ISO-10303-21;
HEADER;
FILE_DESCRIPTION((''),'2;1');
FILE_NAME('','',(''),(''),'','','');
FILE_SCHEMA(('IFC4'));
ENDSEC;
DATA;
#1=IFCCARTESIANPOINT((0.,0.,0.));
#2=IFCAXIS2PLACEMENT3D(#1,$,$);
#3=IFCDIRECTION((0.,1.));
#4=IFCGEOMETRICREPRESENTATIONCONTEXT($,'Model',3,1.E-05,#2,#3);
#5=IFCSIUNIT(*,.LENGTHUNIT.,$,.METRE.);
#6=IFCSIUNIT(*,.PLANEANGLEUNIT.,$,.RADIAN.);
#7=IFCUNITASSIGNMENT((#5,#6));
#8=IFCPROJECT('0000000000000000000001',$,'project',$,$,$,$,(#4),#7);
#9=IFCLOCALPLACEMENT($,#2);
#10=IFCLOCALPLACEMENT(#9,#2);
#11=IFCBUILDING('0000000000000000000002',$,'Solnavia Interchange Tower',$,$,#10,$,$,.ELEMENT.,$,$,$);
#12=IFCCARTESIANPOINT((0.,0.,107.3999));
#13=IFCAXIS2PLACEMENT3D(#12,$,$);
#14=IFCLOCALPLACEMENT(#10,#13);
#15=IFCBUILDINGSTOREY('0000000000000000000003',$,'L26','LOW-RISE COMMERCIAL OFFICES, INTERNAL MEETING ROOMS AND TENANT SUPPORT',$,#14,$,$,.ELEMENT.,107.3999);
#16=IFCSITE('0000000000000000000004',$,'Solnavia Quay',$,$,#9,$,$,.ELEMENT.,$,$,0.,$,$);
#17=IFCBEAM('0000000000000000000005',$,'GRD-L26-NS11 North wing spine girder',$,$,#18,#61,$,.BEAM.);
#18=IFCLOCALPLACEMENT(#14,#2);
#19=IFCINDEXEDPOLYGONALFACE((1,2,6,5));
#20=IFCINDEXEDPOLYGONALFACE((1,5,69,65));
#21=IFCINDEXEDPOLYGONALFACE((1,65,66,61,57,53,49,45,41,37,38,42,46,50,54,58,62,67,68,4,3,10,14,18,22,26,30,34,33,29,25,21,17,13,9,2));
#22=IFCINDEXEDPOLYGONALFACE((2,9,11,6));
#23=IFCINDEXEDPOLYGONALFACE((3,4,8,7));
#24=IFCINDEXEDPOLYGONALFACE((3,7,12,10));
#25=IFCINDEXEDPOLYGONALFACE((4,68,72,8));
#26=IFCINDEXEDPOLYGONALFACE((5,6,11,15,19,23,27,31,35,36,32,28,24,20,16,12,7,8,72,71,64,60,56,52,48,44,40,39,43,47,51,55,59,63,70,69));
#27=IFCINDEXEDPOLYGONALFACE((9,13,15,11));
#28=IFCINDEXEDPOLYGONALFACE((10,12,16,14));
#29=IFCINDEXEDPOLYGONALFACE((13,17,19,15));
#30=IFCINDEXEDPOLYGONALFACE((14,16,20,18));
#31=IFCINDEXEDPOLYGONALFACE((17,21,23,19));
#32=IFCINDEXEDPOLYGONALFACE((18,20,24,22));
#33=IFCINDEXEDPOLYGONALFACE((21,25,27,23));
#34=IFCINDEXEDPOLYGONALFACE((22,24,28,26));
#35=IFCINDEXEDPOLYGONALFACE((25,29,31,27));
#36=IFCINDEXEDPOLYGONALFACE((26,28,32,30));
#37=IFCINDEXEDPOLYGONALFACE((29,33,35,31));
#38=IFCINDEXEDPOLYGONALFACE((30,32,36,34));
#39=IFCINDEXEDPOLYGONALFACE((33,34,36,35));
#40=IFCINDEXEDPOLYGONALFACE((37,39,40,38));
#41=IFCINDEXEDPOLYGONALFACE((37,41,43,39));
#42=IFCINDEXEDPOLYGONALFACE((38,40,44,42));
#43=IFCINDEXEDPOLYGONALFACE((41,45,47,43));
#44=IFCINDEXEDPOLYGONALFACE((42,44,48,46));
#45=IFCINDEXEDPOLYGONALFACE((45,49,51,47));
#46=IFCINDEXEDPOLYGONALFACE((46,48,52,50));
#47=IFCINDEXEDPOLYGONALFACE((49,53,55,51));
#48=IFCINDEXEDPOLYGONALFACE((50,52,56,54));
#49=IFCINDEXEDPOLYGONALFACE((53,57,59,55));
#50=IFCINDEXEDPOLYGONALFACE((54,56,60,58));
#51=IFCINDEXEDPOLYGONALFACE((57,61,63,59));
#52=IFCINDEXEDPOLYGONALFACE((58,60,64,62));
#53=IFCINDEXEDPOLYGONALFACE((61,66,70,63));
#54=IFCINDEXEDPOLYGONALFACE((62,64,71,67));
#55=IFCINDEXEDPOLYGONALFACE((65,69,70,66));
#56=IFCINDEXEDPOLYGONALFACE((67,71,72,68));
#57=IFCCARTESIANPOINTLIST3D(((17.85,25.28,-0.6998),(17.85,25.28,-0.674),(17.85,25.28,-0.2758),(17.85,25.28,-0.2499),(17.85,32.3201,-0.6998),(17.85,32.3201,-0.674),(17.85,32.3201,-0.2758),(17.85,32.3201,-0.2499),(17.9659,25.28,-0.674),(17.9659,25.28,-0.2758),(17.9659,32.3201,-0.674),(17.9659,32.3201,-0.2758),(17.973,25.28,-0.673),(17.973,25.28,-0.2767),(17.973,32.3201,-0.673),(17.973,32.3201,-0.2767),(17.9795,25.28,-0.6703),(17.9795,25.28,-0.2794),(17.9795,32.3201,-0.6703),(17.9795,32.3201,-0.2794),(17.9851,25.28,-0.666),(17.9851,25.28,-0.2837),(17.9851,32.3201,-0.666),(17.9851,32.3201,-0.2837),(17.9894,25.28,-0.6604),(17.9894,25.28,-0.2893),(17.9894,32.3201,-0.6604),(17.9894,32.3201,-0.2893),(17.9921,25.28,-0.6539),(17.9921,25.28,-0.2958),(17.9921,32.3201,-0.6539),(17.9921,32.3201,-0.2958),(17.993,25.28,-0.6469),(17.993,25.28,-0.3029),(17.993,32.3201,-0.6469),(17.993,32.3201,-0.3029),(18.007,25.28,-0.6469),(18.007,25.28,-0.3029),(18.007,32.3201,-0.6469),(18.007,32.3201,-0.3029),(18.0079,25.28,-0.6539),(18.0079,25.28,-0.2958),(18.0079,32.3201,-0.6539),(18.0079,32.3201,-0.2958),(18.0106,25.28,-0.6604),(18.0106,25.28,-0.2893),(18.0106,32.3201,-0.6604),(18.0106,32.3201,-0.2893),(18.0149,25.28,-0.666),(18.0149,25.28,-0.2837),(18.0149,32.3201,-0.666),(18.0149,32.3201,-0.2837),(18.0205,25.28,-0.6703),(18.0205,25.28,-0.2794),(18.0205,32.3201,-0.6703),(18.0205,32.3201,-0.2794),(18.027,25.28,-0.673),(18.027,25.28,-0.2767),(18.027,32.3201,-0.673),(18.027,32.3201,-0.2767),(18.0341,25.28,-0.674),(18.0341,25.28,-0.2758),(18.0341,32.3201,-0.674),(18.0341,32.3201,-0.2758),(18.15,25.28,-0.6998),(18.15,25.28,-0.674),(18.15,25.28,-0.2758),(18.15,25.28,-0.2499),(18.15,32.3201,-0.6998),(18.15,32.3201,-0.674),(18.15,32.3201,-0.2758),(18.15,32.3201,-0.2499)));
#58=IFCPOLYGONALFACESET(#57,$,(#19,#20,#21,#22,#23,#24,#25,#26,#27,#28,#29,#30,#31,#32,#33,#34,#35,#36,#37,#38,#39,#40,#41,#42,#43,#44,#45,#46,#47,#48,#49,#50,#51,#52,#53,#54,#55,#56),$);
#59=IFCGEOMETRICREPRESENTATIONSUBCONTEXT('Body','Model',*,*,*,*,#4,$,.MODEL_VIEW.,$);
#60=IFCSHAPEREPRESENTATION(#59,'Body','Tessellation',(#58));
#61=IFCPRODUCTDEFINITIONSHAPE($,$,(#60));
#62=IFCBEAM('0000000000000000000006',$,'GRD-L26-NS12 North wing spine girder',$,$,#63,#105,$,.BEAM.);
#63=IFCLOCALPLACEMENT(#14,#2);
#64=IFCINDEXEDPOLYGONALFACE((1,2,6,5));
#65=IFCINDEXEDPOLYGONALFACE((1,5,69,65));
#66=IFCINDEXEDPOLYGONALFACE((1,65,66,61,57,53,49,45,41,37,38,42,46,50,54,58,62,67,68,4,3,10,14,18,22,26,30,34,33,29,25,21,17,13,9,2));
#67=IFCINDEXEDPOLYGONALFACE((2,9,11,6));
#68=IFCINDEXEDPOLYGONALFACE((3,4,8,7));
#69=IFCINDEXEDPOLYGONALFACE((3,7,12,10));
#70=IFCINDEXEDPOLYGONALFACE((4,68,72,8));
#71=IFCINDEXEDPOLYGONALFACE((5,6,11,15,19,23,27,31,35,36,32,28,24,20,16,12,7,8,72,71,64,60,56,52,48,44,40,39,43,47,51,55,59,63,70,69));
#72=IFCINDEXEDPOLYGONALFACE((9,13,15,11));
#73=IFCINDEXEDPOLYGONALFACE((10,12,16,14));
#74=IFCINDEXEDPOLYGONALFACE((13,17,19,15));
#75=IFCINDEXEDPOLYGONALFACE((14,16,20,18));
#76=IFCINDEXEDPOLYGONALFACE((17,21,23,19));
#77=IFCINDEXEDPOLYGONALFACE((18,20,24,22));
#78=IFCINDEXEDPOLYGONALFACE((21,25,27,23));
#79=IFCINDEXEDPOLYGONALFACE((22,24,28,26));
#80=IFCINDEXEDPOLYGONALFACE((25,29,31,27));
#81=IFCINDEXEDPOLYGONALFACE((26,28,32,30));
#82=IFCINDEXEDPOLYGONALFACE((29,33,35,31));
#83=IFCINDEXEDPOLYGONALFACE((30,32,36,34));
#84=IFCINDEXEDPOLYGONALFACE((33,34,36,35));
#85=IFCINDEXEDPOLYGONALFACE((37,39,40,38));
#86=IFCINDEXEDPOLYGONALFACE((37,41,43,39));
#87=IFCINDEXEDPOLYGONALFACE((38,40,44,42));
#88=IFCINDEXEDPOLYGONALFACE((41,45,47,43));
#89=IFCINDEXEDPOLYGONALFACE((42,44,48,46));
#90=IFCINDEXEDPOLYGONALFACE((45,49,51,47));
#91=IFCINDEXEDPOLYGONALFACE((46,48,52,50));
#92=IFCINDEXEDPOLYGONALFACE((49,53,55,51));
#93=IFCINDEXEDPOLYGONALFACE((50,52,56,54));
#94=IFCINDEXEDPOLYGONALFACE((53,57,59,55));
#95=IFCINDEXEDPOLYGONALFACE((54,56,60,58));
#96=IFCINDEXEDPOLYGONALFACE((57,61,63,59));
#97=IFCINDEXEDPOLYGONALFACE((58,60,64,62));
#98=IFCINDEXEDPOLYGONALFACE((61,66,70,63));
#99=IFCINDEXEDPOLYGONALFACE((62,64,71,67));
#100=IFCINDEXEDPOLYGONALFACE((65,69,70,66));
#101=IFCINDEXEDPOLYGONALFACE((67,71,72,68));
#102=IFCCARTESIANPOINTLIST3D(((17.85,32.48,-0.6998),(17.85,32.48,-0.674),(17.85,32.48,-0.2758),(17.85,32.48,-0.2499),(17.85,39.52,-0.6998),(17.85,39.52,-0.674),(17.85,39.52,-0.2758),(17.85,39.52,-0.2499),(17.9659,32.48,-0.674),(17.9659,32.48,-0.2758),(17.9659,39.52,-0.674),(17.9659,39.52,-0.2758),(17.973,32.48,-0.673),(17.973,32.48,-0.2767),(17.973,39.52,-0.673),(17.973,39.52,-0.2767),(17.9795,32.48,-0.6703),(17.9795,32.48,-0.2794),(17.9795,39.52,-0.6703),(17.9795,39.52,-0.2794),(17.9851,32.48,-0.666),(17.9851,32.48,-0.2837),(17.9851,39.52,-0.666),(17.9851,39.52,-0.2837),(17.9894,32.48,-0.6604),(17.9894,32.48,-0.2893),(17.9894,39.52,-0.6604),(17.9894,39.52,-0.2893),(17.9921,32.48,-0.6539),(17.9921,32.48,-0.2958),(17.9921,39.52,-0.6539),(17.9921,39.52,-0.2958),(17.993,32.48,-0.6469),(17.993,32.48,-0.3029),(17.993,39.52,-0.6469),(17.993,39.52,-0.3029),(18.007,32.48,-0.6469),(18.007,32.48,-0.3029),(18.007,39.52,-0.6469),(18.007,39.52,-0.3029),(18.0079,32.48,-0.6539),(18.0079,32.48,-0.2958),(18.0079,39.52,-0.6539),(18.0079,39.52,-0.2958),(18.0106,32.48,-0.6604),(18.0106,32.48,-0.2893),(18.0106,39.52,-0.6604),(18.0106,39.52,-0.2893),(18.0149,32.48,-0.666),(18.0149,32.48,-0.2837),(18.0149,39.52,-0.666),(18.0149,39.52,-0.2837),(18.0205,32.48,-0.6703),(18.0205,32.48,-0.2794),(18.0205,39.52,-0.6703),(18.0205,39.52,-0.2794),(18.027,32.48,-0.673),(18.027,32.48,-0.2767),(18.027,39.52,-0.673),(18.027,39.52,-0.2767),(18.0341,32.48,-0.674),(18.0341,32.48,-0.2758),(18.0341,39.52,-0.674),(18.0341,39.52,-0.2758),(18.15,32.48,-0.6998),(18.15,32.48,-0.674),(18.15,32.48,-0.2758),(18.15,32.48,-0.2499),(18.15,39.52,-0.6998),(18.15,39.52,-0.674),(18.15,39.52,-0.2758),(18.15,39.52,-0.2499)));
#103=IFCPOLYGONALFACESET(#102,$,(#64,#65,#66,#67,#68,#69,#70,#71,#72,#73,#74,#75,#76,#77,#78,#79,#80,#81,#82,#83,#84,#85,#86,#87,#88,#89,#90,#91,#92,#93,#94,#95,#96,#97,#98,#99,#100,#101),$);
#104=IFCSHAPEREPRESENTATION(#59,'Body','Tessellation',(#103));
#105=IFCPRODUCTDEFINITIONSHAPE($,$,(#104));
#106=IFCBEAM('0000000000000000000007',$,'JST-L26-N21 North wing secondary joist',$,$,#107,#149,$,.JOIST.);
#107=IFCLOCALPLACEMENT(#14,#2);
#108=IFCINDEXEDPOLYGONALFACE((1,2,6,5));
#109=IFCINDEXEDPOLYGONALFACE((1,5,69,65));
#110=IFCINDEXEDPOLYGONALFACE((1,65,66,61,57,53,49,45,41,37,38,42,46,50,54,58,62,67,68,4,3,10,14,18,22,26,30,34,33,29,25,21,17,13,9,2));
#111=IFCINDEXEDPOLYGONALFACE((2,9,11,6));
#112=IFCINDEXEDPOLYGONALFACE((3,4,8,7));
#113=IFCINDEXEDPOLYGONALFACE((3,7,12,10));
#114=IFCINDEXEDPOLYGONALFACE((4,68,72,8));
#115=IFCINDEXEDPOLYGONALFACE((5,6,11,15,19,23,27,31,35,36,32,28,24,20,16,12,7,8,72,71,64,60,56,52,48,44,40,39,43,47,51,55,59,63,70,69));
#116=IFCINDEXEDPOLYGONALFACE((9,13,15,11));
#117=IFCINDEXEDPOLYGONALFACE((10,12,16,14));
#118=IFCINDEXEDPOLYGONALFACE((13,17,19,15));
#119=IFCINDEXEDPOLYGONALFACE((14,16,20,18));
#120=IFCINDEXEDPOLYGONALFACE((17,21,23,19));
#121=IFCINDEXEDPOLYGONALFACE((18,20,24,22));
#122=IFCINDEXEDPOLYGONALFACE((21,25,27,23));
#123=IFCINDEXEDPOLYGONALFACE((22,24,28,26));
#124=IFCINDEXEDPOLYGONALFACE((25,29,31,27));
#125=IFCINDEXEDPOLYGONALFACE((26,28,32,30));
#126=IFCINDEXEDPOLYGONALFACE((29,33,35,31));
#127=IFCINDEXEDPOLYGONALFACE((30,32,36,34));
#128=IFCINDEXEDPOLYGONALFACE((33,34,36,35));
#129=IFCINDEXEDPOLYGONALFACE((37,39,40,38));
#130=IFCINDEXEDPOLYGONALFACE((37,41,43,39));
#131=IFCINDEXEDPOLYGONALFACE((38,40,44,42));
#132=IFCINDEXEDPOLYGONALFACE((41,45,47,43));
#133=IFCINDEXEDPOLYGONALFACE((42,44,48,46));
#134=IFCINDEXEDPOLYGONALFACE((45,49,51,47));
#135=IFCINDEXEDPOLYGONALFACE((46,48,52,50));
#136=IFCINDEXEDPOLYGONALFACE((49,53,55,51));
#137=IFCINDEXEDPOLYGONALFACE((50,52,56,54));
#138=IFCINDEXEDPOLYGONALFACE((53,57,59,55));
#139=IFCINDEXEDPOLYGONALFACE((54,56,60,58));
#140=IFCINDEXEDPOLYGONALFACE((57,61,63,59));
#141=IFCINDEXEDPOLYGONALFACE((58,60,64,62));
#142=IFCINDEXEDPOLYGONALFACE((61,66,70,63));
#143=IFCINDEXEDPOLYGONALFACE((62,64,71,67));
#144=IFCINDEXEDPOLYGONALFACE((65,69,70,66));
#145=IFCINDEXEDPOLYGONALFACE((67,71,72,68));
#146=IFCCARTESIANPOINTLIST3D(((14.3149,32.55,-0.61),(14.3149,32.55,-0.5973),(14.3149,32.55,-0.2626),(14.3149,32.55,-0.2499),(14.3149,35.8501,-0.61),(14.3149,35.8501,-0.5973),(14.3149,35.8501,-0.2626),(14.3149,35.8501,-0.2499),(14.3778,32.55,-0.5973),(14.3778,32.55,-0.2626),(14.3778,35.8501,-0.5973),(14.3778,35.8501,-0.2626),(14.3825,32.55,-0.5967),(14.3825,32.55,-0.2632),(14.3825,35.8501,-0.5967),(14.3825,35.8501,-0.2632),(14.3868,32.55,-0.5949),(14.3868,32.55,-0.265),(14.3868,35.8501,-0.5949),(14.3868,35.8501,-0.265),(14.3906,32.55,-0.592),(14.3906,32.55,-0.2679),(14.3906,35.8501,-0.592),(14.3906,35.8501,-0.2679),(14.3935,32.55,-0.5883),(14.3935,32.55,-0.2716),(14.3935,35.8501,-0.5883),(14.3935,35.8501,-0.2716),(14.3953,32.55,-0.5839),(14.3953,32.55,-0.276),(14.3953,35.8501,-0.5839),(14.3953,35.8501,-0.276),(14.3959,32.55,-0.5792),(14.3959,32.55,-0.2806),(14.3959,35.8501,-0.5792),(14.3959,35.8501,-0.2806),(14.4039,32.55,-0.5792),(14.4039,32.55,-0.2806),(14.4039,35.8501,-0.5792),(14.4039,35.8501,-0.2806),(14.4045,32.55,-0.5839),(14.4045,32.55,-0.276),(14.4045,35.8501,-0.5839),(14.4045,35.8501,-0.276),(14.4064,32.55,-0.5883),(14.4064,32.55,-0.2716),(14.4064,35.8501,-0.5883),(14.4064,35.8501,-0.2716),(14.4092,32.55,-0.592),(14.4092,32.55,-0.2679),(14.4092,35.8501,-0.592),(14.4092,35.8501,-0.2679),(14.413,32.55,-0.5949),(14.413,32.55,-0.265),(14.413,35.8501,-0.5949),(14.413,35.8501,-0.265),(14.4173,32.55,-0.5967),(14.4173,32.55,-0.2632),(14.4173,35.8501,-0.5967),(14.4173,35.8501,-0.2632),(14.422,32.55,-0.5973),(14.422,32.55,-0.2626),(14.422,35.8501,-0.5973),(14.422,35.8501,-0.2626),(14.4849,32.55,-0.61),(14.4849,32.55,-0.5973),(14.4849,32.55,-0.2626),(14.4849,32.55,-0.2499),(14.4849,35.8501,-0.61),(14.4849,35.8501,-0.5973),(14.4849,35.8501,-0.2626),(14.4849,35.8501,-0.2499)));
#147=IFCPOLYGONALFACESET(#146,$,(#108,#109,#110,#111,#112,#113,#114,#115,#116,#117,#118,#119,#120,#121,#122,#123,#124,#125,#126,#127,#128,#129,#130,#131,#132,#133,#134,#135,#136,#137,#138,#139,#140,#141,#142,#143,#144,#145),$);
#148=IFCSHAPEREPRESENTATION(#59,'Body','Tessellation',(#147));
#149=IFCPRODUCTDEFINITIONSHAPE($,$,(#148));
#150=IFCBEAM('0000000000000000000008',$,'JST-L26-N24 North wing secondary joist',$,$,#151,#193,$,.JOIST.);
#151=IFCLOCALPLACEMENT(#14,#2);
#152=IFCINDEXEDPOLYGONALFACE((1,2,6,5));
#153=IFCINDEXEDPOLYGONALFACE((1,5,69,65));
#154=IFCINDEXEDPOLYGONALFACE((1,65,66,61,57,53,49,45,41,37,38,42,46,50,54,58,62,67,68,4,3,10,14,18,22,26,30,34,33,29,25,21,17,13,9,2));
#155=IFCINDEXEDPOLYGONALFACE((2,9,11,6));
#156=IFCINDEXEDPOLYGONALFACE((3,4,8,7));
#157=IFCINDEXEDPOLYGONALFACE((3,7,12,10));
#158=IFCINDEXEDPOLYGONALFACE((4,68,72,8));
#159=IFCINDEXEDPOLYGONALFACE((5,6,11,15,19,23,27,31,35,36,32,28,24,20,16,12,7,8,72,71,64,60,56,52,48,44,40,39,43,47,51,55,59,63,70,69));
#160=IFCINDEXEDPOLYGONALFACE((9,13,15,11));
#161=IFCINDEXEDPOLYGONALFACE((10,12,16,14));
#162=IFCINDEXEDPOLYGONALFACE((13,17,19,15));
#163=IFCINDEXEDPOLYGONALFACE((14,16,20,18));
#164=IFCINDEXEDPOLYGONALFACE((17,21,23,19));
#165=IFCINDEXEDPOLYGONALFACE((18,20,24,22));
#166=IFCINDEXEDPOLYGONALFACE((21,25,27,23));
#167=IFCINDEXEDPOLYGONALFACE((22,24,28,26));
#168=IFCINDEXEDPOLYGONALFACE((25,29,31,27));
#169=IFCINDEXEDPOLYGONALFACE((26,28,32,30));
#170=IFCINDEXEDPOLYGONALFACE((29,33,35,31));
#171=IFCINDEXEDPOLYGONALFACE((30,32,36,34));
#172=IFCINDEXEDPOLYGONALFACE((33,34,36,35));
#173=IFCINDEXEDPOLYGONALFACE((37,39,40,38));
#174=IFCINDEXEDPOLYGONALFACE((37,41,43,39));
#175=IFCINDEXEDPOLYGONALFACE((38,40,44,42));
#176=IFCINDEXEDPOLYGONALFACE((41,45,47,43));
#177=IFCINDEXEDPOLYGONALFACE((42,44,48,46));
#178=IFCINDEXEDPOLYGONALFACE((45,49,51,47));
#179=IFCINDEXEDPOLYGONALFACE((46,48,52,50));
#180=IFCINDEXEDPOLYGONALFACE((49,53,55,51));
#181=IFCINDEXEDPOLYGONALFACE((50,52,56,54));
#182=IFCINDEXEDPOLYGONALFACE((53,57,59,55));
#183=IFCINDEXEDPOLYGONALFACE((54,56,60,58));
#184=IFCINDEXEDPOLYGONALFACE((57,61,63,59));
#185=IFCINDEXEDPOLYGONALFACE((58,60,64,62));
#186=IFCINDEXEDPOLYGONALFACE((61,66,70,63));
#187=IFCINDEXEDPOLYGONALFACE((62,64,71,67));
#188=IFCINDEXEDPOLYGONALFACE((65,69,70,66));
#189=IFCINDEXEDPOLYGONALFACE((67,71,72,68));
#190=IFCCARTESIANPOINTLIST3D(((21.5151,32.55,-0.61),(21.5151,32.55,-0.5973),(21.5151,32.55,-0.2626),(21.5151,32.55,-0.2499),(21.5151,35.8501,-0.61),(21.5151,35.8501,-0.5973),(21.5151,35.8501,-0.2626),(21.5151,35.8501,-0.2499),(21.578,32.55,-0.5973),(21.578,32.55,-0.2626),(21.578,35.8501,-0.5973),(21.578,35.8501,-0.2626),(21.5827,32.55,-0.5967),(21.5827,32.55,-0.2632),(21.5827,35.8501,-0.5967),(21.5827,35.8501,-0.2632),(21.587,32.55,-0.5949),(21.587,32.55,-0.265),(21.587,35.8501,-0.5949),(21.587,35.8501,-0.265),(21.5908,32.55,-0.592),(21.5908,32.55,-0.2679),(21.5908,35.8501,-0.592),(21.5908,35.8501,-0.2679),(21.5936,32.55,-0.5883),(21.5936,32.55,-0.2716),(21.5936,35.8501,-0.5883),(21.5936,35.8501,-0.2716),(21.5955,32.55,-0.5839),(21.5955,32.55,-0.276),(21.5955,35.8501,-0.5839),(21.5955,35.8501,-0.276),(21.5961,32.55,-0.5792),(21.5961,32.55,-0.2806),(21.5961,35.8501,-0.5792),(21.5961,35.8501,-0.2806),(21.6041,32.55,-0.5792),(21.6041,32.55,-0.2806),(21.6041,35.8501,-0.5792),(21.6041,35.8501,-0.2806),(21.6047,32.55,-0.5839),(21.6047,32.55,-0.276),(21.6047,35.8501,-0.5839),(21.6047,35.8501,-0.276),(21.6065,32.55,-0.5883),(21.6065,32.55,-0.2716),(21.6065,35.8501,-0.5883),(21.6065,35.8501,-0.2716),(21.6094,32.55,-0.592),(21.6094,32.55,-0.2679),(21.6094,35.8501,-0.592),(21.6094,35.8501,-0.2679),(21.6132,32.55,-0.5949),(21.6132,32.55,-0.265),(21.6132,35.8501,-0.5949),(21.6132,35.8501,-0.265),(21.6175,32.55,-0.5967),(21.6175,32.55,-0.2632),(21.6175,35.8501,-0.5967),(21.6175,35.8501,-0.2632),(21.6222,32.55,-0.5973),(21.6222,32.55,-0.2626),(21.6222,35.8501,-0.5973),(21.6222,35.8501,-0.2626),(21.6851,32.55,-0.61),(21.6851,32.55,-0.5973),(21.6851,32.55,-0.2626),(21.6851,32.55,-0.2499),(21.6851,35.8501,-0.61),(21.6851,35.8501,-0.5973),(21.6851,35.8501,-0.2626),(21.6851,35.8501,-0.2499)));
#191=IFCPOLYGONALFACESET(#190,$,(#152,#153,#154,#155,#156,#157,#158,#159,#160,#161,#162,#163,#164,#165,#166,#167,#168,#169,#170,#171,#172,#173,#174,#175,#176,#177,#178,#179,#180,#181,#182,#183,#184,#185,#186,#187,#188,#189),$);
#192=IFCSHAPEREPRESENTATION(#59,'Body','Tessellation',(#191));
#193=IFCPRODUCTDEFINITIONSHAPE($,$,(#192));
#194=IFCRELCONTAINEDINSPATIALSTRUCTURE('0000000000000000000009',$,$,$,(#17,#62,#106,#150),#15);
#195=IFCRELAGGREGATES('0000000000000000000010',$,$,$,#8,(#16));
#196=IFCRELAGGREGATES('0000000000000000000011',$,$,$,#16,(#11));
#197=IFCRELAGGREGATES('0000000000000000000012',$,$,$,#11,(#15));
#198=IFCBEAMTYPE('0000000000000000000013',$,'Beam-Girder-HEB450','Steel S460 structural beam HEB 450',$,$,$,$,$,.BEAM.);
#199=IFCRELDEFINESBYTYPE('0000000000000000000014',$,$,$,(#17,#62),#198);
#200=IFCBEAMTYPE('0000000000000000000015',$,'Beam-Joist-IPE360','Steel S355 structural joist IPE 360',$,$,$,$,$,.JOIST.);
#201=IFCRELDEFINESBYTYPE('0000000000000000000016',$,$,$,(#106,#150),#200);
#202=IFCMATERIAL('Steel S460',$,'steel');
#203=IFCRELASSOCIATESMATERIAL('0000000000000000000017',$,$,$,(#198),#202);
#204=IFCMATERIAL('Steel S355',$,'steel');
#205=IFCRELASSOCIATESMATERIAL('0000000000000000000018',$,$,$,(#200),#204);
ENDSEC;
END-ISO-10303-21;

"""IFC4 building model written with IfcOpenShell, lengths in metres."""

from ifc_helpers import new_model, si_unit, direction, frame, origin, origin_2d, place, context, subcontext, project, spatial, i_section, extrude, material, material_profile, profile_set, type_object, element, save


model = new_model("IFC4")

# Units and contexts
model_context = context("Model", 3, precision=1e-05, world=origin(), true_north=direction((0.0, 1.0)))
body_context = subcontext(model_context, "Body", "Model", "MODEL_VIEW")
ifc_project = project(units=[si_unit("LENGTHUNIT", "METRE"), si_unit("PLANEANGLEUNIT", "RADIAN")], contexts=[model_context])

# Site, building, storey
site_placement = place(None, origin())
site = spatial("IfcSite", under=ifc_project, at=site_placement, Name="Solnavia Quay", CompositionType="ELEMENT", RefElevation=0.0)
building_placement = place(site_placement, origin())
building = spatial("IfcBuilding", under=site, at=building_placement, Name="Solnavia Interchange Tower", CompositionType="ELEMENT")
storey_placement = place(building_placement, frame((0.0, 0.0, 107.3999)))
storey = spatial("IfcBuildingStorey", under=building, at=storey_placement, Name="L26", Description="LOW-RISE COMMERCIAL OFFICES, INTERNAL MEETING ROOMS AND TENANT SUPPORT", CompositionType="ELEMENT", Elevation=107.3999)

# Shared definitions
ifc_material_1 = material(Name="Steel S355", Category="steel")

# Beams
ifc_material_2 = material(Name="Steel S460", Category="steel")
ifc_material_profile_1 = material_profile(ifc_material_2, i_section(OverallWidth=0.3, OverallDepth=0.45, WebThickness=0.0139, FlangeThickness=0.0259, FilletRadius=0.0271, at=origin_2d()), Name="HEB 450")
ifc_profile_set_1 = profile_set([ifc_material_profile_1], Name="Steel S460")
beam_type_1 = type_object("IfcBeamType", Name="Beam-Girder-HEB450", Description="Steel S460 structural beam HEB 450", PredefinedType="BEAM", material=ifc_profile_set_1)
for number, where, z_axis, x_axis, name in (
    (1, (18.0, 25.28, -0.4749), (0.0, 1.0, 0.0), (-1.0, 0.0, 0.0), "GRD-L26-NS11 North wing spine girder"),
    (2, (18.0, 32.48, -0.4749), (0.0, 1.0, 0.0), (-1.0, 0.0, 0.0), "GRD-L26-NS12 North wing spine girder"),
):
    element("IfcBeam", number, at=place(storey_placement, frame(where, z_axis=z_axis, x_axis=x_axis)), inside=storey, type_object=beam_type_1, Name=name, PredefinedType="BEAM", context=body_context, shape_type="SweptSolid", body=[
        extrude(i_section(OverallWidth=0.3, OverallDepth=0.45, WebThickness=0.0139, FlangeThickness=0.0259, FilletRadius=0.0271, at=origin_2d()), origin(), (0.0, 0.0, 1.0), 7.04),
    ])
ifc_material_profile_2 = material_profile(ifc_material_1, i_section(OverallWidth=0.1699, OverallDepth=0.3601, WebThickness=0.0081, FlangeThickness=0.0127, FilletRadius=0.0181, at=origin_2d()), Name="IPE 360")
ifc_profile_set_2 = profile_set([ifc_material_profile_2], Name="Steel S355")
beam_type_2 = type_object("IfcBeamType", Name="Beam-Joist-IPE360", Description="Steel S355 structural joist IPE 360", PredefinedType="JOIST", material=ifc_profile_set_2)
for number, where, z_axis, x_axis, name in (
    (3, (14.3999, 32.55, -0.4299), (0.0, 1.0, 0.0), (-1.0, 0.0, 0.0), "JST-L26-N21 North wing secondary joist"),
    (4, (21.6001, 32.55, -0.4299), (0.0, 1.0, 0.0), (-1.0, 0.0, 0.0), "JST-L26-N24 North wing secondary joist"),
):
    element("IfcBeam", number, at=place(storey_placement, frame(where, z_axis=z_axis, x_axis=x_axis)), inside=storey, type_object=beam_type_2, Name=name, PredefinedType="JOIST", context=body_context, shape_type="SweptSolid", body=[
        extrude(i_section(OverallWidth=0.1699, OverallDepth=0.3601, WebThickness=0.0081, FlangeThickness=0.0127, FilletRadius=0.0181, at=origin_2d()), origin(), (0.0, 0.0, 1.0), 3.3),
    ])

save(model, "model.ifc")
